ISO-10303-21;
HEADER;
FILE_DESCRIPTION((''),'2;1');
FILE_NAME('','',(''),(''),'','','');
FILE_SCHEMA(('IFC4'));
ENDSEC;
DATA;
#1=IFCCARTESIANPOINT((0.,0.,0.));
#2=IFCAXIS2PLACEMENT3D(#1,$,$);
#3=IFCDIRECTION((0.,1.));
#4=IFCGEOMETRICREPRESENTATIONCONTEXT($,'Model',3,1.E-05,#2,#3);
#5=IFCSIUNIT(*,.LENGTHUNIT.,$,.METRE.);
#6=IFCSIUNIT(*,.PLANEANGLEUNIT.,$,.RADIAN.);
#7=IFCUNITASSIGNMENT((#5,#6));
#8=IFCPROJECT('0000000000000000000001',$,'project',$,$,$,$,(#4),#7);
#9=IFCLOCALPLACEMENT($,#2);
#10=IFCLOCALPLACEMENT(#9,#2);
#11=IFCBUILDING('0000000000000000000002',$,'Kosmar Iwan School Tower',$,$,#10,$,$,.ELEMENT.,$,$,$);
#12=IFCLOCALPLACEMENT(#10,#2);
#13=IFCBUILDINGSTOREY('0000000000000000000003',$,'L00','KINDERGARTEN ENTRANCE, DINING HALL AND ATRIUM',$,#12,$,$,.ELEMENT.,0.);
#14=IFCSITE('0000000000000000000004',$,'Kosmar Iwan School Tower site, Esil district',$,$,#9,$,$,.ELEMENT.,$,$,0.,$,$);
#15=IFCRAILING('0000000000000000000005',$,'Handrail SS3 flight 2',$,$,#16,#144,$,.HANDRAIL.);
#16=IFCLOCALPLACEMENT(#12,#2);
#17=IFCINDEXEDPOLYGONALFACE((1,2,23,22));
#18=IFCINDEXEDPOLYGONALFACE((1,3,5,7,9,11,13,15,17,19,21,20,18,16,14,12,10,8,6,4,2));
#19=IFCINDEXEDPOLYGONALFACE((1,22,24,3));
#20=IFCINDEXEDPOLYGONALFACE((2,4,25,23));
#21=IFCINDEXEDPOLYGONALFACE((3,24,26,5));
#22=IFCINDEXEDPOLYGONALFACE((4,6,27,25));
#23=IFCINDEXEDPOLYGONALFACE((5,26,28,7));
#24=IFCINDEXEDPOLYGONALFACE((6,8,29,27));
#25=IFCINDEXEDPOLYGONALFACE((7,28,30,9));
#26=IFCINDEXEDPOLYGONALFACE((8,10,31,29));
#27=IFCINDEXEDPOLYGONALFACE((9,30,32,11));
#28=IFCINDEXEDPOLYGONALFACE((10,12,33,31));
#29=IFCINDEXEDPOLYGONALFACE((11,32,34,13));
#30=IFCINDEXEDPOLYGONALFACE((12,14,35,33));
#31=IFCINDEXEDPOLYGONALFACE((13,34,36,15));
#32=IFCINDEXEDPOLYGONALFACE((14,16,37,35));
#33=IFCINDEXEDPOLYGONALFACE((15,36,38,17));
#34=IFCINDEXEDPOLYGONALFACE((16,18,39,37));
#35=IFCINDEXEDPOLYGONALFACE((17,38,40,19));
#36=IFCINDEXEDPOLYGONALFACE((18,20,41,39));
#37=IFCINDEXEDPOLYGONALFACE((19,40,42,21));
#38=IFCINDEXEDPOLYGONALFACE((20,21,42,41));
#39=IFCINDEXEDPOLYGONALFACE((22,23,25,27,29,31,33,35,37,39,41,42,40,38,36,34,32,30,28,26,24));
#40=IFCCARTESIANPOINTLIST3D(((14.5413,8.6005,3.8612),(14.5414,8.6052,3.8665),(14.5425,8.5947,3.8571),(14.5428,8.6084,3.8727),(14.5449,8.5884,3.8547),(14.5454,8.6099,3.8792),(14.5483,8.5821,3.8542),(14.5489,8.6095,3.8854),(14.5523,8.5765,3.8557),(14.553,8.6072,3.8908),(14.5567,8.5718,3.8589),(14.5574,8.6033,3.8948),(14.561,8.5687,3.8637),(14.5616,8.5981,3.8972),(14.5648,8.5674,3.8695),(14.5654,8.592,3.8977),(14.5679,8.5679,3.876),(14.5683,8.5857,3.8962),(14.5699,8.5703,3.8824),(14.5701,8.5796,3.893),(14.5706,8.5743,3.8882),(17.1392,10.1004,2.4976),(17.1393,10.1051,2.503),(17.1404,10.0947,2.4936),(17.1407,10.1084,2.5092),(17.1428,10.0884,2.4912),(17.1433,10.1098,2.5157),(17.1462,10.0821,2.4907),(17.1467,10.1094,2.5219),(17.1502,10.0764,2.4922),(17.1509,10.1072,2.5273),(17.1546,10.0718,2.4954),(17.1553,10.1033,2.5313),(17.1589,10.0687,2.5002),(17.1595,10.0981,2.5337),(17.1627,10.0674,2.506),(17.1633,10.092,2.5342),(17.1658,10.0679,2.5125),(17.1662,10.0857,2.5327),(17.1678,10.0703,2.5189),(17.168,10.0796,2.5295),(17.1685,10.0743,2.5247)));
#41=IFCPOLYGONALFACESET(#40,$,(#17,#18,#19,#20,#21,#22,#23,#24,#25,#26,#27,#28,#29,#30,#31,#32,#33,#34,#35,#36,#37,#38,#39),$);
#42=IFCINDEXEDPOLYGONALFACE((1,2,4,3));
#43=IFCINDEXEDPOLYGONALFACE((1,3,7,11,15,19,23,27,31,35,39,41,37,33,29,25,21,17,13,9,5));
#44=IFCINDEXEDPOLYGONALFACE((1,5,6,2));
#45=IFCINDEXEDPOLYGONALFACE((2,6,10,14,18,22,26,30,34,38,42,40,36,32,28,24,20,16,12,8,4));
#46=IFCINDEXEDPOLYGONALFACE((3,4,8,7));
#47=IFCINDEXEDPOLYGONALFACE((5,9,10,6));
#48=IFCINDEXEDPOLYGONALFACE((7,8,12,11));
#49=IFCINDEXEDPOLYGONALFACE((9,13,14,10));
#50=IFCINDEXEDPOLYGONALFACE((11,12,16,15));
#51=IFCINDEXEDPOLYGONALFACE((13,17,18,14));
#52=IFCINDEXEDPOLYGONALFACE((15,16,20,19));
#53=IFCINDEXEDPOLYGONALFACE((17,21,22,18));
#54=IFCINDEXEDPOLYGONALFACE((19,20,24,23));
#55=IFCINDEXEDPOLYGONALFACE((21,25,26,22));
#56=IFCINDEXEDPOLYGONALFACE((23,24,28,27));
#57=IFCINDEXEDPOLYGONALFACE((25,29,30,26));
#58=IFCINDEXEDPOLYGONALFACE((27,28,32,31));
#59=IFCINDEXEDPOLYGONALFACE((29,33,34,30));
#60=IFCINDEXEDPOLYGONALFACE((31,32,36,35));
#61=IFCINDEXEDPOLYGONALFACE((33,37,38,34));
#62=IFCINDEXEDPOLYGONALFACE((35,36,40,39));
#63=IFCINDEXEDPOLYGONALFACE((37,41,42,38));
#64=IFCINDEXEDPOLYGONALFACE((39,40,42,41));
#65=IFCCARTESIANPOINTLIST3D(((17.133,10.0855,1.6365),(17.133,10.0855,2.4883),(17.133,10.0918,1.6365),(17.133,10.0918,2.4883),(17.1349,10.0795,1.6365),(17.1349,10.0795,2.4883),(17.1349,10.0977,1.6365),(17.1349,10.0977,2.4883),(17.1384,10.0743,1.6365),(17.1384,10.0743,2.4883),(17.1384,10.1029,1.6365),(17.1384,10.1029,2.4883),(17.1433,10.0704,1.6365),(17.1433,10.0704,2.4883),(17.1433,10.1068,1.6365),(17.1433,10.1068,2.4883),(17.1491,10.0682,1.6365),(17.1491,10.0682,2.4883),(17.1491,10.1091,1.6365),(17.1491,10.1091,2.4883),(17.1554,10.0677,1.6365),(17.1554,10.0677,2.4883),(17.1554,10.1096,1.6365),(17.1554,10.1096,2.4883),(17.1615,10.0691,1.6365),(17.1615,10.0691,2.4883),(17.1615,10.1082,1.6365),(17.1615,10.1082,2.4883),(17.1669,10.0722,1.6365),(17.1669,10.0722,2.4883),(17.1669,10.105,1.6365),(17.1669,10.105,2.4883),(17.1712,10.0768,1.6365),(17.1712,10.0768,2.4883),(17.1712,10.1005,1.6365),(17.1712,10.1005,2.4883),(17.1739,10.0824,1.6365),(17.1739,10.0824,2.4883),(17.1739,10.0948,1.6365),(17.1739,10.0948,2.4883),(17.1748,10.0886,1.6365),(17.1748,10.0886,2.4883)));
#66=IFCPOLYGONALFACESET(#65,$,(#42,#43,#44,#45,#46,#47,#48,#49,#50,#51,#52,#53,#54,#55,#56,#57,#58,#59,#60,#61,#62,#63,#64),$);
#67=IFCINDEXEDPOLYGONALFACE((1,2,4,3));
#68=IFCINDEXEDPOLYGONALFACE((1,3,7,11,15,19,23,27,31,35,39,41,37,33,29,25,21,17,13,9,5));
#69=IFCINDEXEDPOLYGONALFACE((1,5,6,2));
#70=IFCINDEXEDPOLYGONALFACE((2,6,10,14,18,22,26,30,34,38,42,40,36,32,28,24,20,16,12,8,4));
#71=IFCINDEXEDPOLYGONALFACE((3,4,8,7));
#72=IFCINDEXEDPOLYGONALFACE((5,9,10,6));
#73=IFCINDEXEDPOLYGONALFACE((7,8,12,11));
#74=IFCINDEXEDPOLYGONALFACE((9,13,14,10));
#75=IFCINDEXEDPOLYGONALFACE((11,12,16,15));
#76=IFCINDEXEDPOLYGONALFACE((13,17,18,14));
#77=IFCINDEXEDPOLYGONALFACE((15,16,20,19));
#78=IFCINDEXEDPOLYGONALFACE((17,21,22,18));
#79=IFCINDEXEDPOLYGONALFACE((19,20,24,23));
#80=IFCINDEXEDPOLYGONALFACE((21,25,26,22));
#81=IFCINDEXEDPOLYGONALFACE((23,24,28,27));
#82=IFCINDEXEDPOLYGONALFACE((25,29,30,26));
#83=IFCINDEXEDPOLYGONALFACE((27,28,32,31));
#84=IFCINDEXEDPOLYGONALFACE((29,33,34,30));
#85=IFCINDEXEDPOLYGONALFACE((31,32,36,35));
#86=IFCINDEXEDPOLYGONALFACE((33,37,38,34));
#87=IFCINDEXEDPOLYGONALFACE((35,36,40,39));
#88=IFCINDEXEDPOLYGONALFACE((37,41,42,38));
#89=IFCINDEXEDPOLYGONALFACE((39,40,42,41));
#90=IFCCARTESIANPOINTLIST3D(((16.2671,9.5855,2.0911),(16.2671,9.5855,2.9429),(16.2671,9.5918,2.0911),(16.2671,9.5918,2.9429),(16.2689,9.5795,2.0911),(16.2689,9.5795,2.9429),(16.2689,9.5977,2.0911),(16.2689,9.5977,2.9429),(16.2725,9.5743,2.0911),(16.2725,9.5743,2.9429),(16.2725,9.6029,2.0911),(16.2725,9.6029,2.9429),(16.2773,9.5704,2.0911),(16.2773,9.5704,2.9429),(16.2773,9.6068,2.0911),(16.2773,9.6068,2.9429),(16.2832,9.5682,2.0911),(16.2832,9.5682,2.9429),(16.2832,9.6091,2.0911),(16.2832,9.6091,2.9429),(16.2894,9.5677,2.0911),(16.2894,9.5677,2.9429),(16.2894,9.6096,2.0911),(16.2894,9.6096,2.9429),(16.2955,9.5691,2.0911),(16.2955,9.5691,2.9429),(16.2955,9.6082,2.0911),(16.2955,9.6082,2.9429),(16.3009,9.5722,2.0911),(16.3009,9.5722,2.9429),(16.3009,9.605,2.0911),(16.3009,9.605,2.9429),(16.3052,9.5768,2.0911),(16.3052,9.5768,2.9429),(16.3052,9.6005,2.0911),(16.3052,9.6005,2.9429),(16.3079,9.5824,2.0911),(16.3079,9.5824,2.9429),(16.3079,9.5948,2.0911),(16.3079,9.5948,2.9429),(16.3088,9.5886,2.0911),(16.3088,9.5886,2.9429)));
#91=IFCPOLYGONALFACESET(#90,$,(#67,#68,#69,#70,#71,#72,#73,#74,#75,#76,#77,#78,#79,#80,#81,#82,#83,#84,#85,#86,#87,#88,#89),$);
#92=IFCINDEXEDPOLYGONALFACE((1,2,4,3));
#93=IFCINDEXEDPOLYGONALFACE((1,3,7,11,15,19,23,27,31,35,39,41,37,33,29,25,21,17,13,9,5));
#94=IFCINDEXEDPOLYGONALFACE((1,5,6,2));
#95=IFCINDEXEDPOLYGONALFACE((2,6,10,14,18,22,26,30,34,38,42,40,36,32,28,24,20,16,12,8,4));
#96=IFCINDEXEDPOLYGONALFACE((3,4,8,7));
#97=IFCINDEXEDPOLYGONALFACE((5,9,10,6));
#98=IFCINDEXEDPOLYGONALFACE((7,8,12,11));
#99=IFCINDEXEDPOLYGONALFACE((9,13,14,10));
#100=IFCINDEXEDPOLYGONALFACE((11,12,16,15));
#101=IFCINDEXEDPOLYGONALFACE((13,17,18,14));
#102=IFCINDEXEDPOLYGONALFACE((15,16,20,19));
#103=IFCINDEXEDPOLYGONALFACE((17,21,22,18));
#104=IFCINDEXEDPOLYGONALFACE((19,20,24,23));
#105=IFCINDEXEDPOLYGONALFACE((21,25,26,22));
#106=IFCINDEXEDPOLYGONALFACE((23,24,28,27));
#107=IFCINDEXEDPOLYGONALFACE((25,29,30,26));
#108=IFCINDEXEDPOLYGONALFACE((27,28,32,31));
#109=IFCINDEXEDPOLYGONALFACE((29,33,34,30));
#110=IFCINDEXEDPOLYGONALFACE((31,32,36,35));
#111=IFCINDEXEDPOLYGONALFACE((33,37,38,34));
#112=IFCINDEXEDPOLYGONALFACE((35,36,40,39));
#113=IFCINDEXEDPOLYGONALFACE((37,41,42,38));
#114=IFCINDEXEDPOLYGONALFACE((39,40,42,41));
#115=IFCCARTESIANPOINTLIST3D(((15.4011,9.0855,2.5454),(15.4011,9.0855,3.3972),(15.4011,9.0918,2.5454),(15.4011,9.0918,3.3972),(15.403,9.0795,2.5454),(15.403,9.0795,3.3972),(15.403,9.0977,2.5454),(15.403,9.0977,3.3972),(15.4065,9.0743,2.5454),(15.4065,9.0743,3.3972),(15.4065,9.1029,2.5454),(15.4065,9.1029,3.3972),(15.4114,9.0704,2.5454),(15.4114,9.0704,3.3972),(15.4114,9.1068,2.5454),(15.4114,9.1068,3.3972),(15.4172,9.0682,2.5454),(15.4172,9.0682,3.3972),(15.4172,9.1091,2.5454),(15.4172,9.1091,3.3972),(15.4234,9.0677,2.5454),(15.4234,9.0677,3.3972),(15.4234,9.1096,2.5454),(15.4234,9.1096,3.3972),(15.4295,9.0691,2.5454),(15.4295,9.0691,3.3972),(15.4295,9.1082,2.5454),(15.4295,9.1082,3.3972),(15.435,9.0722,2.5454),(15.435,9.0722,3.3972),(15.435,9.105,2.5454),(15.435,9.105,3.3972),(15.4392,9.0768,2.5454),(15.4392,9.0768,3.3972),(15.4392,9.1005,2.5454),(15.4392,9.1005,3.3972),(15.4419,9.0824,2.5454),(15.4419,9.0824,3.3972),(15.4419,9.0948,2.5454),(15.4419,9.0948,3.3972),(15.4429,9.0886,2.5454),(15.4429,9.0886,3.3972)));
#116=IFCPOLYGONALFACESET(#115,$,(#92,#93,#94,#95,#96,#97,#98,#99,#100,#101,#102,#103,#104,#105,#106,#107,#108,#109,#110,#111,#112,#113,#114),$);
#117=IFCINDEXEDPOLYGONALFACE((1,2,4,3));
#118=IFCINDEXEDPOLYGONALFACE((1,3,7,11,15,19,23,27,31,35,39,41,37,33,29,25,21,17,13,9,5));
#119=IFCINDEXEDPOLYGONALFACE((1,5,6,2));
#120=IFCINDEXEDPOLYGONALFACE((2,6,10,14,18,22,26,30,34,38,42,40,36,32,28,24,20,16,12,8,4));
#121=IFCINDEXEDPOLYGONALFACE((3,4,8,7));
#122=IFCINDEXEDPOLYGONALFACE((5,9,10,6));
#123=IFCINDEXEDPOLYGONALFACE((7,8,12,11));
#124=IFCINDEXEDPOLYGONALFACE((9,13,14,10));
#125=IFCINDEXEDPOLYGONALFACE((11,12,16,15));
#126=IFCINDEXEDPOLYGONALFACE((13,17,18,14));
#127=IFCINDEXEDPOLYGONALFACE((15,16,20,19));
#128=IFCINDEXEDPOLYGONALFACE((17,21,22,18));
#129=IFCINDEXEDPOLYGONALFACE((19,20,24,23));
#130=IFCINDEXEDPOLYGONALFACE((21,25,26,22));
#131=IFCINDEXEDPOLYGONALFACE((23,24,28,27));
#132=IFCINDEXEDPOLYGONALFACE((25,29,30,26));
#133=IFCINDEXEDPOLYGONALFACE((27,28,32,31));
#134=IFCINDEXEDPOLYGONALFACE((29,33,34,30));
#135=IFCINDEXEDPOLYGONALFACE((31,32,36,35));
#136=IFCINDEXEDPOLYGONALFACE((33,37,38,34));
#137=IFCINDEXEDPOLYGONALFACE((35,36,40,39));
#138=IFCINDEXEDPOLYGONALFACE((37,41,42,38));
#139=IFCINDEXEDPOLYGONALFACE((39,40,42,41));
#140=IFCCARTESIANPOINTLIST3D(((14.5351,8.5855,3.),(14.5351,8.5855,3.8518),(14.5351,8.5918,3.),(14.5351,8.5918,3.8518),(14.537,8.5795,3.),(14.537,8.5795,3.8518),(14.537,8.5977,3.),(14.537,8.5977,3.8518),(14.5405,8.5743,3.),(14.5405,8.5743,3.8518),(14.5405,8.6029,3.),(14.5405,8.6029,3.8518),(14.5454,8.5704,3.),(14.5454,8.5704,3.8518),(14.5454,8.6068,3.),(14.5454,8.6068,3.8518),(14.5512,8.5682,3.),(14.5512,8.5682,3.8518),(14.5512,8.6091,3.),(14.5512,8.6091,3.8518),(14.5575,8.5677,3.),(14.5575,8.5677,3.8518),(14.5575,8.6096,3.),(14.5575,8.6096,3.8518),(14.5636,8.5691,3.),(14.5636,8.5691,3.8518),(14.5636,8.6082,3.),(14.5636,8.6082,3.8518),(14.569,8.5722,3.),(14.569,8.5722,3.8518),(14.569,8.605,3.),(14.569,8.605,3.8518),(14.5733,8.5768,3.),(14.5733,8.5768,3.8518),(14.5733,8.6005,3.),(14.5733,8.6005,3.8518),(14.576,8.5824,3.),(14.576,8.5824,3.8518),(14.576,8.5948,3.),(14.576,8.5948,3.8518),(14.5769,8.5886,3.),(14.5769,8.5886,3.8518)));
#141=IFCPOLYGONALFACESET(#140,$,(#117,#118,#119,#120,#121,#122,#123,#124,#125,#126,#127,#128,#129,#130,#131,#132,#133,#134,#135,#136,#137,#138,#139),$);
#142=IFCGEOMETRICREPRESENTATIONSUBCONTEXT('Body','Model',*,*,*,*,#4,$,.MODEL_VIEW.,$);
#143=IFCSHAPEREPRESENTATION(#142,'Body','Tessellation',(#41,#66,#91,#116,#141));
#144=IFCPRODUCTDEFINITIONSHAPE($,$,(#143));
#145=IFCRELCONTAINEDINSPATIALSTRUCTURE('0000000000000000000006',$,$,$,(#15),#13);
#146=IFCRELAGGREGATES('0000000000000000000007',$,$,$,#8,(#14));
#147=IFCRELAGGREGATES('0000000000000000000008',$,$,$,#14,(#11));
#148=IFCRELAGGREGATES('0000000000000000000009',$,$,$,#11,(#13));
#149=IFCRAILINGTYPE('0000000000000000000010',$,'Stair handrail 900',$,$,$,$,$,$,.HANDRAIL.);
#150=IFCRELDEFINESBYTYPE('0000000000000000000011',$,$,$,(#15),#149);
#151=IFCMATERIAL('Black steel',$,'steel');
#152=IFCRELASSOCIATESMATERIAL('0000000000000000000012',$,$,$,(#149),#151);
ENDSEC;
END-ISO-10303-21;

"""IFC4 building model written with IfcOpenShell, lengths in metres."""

from ifc_helpers import new_model, si_unit, direction, frame, origin, origin_2d, place, context, subcontext, project, spatial, circle, extrude, material, type_object, element, save


model = new_model("IFC4")

# Units and contexts
model_context = context("Model", 3, precision=1e-05, world=origin(), true_north=direction((0.0, 1.0)))
body_context = subcontext(model_context, "Body", "Model", "MODEL_VIEW")
ifc_project = project(units=[si_unit("LENGTHUNIT", "METRE"), si_unit("PLANEANGLEUNIT", "RADIAN")], contexts=[model_context])

# Site, building, storey
site_placement = place(None, origin())
site = spatial("IfcSite", under=ifc_project, at=site_placement, Name="Kosmar Iwan School Tower site, Esil district", CompositionType="ELEMENT", RefElevation=0.0)
building_placement = place(site_placement, origin())
building = spatial("IfcBuilding", under=site, at=building_placement, Name="Kosmar Iwan School Tower", CompositionType="ELEMENT")
storey_placement = place(building_placement, origin())
storey = spatial("IfcBuildingStorey", under=building, at=storey_placement, Name="L00", Description="KINDERGARTEN ENTRANCE, DINING HALL AND ATRIUM", CompositionType="ELEMENT", Elevation=0.0)

# Railing
ifc_material_1 = material(Name="Black steel", Category="steel")
railing_type = type_object("IfcRailingType", Name="Stair handrail 900", PredefinedType="HANDRAIL", material=ifc_material_1)
for number, where, name in (
    (1, (17.1538, 10.0886, 1.6365), "Handrail SS3 flight 2"),
):
    element("IfcRailing", number, at=place(storey_placement, frame(where)), inside=storey, type_object=railing_type, Name=name, PredefinedType="HANDRAIL", context=body_context, shape_type="SweptSolid", body=[
        extrude(circle(Radius=0.0239, at=origin_2d()), frame((0.0, 0.0, 0.876), z_axis=(-0.788391, -0.455209, 0.413792), x_axis=(0.500025, -0.866011, 0.0)), (0.0, 0.0, 1.0), 3.2952),
        extrude(circle(Radius=0.021, at=origin_2d()), origin(), (0.0, 0.0, 1.0), 0.8518),
        extrude(circle(Radius=0.021, at=origin_2d()), frame((-0.866, -0.5, 0.4546)), (0.0, 0.0, 1.0), 0.8518),
        extrude(circle(Radius=0.021, at=origin_2d()), frame((-1.7319, -1.0, 0.9089)), (0.0, 0.0, 1.0), 0.8518),
        extrude(circle(Radius=0.021, at=origin_2d()), frame((-2.5979, -1.5, 1.3635)), (0.0, 0.0, 1.0), 0.8518),
    ])

save(model, "model.ifc")
